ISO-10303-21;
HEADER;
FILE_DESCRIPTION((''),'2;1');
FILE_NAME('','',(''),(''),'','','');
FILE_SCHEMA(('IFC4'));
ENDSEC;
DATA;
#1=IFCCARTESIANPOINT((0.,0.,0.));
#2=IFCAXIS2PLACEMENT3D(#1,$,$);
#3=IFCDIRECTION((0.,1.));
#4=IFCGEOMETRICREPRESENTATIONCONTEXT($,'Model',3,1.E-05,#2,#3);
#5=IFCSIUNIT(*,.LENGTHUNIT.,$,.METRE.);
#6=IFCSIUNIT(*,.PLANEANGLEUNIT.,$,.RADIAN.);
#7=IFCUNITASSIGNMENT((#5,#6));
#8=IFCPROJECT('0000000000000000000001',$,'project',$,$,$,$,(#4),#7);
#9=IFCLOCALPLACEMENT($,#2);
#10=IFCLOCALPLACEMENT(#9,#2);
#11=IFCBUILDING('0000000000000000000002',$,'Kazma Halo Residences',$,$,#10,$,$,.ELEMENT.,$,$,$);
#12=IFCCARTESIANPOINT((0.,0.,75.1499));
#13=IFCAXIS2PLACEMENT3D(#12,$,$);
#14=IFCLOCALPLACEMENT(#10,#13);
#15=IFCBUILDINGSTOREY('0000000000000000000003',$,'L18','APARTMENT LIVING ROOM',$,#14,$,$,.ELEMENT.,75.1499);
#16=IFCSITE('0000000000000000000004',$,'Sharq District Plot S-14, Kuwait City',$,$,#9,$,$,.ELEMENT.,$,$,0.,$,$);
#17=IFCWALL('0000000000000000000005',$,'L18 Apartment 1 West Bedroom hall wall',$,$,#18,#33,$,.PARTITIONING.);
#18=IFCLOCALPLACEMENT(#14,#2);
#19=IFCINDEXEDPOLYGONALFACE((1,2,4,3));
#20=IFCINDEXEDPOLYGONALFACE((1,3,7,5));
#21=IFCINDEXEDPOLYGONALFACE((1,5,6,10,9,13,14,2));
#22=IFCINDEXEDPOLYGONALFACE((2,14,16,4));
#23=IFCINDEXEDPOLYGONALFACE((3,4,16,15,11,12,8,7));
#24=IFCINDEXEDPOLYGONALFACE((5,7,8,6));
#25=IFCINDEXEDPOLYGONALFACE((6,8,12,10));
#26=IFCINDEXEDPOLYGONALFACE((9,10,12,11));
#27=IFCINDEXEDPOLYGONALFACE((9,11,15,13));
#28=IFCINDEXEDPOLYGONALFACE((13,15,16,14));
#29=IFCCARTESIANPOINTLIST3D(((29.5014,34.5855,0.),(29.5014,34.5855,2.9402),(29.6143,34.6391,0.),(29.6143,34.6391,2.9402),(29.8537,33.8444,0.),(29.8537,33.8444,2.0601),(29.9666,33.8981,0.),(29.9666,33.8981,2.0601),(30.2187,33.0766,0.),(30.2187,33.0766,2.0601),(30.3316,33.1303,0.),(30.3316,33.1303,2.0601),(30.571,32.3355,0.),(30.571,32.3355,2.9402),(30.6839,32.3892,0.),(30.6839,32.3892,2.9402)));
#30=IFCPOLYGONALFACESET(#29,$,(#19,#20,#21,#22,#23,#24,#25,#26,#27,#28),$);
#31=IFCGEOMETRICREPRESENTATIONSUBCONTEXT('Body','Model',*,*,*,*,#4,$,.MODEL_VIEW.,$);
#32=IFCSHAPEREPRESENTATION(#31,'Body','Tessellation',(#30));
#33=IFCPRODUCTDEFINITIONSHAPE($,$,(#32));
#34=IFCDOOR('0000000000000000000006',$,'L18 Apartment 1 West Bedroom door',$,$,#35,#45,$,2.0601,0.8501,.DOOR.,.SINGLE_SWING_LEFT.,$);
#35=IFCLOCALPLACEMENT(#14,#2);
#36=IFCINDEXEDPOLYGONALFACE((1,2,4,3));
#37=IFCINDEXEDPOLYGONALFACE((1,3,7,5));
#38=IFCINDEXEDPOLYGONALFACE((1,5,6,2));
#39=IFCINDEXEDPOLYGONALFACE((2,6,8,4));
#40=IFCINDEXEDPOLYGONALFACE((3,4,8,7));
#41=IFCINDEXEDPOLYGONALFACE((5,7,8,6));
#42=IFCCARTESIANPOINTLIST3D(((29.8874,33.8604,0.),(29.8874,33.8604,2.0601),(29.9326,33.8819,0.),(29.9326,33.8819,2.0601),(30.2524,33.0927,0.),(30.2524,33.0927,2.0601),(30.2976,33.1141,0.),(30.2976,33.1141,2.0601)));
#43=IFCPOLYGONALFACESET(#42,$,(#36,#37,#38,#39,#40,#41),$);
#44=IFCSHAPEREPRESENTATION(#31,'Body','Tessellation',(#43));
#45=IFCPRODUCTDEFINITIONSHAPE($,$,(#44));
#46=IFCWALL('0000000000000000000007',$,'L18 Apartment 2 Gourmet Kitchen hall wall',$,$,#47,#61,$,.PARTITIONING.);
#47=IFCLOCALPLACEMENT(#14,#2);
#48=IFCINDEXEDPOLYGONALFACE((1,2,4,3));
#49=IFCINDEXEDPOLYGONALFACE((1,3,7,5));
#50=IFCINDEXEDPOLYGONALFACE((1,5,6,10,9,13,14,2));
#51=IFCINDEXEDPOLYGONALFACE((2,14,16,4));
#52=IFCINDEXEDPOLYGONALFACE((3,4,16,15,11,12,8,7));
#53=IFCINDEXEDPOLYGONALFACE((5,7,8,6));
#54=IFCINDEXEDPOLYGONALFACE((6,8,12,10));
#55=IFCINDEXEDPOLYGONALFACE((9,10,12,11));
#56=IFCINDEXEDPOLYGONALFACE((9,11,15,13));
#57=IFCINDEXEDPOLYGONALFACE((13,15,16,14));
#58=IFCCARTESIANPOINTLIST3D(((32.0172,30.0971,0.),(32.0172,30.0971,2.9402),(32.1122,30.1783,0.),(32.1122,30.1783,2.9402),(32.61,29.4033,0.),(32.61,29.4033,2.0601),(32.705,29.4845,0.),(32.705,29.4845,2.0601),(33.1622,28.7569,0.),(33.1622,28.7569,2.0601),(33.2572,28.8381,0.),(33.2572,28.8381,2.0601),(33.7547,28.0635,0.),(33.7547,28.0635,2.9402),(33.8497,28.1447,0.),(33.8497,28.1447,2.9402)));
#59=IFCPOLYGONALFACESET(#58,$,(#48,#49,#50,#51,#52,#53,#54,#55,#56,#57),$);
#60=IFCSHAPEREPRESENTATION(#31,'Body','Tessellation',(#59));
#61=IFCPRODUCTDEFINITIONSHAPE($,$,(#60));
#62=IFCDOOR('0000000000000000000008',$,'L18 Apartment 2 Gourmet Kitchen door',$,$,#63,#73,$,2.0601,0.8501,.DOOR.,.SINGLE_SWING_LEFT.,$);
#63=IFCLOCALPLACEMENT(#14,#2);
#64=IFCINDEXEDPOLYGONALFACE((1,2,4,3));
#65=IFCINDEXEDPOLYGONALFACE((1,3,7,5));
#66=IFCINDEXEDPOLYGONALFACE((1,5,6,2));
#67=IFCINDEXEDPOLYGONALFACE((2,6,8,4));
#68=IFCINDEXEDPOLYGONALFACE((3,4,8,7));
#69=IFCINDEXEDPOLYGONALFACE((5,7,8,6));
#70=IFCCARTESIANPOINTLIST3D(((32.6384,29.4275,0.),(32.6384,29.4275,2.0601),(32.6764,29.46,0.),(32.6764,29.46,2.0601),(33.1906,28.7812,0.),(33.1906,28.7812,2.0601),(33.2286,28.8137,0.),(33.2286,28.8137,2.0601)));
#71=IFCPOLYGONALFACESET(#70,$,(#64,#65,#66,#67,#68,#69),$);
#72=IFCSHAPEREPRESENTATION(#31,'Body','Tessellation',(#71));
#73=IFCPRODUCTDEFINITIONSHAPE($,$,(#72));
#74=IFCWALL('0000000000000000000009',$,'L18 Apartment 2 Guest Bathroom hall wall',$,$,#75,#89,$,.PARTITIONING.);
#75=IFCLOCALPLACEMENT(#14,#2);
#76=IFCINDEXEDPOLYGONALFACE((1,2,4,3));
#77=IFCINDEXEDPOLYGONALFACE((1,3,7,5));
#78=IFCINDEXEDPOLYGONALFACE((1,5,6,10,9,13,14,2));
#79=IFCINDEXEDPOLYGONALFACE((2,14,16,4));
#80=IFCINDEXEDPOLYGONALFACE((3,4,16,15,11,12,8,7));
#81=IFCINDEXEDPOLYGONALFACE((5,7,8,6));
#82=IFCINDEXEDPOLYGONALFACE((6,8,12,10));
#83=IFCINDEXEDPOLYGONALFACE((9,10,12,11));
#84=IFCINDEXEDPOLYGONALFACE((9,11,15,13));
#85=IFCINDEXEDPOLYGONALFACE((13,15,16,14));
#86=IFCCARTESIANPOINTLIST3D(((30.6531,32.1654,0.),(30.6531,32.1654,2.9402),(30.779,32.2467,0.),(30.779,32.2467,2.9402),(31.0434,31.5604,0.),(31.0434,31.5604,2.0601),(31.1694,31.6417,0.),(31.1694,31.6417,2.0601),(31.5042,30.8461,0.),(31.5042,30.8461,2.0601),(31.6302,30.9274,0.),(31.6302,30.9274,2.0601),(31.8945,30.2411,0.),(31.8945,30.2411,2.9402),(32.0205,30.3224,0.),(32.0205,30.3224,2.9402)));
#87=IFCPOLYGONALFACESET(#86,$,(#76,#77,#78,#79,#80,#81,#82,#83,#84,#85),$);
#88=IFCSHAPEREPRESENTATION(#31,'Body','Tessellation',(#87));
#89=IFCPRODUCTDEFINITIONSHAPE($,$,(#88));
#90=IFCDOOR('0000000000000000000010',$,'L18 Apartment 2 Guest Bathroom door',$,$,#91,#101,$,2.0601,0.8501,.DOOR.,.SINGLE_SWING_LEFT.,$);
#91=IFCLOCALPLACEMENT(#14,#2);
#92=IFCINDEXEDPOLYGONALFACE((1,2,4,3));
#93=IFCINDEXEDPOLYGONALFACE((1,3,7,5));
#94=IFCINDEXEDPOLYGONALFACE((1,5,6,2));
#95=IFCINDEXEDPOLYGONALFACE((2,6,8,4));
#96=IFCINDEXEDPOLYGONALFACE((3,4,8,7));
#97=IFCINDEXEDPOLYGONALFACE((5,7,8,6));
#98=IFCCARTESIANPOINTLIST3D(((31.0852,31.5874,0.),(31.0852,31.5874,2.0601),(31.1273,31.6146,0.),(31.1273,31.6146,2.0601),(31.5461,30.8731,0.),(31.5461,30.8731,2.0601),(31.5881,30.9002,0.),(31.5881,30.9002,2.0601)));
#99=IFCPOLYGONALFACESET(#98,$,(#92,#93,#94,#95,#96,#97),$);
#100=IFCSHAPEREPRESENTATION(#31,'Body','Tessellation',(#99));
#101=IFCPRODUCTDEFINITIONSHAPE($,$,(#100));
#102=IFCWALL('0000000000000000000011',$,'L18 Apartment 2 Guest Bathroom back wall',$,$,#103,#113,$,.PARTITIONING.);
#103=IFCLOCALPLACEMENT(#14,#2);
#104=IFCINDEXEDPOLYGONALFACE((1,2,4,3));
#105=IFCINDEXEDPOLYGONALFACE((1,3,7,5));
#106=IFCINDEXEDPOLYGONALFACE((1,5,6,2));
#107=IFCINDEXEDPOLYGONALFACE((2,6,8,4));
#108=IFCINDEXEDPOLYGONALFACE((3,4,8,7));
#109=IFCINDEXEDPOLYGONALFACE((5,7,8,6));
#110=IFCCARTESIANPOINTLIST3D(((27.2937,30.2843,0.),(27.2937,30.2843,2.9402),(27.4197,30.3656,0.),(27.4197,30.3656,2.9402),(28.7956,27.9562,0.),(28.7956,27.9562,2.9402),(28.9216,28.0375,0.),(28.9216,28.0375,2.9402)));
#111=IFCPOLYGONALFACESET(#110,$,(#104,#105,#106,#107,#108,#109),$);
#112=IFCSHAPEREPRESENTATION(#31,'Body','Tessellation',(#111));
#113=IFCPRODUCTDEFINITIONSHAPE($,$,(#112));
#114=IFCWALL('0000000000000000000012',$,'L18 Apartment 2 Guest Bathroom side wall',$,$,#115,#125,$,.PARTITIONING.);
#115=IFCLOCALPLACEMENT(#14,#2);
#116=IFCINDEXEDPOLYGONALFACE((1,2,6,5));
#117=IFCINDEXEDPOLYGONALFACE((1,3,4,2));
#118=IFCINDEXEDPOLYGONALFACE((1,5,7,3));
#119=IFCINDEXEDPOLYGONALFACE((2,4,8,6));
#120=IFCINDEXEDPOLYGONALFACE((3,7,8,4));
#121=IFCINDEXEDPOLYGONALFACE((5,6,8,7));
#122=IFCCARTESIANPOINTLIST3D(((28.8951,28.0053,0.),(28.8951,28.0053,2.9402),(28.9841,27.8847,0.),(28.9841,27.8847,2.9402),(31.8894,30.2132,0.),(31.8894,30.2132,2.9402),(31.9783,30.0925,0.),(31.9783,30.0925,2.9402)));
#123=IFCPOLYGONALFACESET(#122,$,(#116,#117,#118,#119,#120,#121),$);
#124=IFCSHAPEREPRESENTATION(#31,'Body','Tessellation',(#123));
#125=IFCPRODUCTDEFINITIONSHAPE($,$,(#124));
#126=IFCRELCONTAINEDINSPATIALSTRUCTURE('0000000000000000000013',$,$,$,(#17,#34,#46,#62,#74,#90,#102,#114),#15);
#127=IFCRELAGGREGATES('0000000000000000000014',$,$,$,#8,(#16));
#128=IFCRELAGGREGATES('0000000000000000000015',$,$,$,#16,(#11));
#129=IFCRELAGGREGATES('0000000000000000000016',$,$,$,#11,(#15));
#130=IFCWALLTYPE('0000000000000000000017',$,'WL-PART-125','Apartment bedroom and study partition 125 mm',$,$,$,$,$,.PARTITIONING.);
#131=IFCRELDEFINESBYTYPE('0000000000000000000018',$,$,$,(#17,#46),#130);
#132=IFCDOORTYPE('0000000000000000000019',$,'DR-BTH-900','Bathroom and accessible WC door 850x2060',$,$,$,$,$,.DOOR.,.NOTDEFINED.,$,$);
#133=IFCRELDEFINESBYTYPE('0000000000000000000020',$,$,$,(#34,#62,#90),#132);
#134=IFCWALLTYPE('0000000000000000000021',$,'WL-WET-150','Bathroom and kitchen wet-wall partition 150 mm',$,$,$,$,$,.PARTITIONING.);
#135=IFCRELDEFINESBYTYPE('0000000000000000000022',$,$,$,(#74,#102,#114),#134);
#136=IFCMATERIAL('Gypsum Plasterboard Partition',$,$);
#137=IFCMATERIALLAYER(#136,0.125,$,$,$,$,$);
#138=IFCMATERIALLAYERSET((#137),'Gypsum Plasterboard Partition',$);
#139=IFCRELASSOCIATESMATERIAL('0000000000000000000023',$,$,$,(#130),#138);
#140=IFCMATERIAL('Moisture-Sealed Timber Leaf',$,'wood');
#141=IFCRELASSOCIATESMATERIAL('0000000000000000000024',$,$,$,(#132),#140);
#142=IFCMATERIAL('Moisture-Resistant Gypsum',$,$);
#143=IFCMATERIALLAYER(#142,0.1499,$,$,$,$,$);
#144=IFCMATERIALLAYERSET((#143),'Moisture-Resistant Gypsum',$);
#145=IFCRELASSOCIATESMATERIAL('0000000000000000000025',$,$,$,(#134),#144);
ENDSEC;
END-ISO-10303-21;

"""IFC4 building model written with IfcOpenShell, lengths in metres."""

from ifc_helpers import new_model, si_unit, direction, frame, frame_2d, origin, place, context, subcontext, project, spatial, rectangle, extrude, material, layer, layer_set, type_object, element, fill, save


model = new_model("IFC4")

# Units and contexts
model_context = context("Model", 3, precision=1e-05, world=origin(), true_north=direction((0.0, 1.0)))
body_context = subcontext(model_context, "Body", "Model", "MODEL_VIEW")
ifc_project = project(units=[si_unit("LENGTHUNIT", "METRE"), si_unit("PLANEANGLEUNIT", "RADIAN")], contexts=[model_context])

# Site, building, storey
site_placement = place(None, origin())
site = spatial("IfcSite", under=ifc_project, at=site_placement, Name="Sharq District Plot S-14, Kuwait City", CompositionType="ELEMENT", RefElevation=0.0)
building_placement = place(site_placement, origin())
building = spatial("IfcBuilding", under=site, at=building_placement, Name="Kazma Halo Residences", CompositionType="ELEMENT")
storey_placement = place(building_placement, frame((0.0, 0.0, 75.1499)))
storey = spatial("IfcBuildingStorey", under=building, at=storey_placement, Name="L18", Description="APARTMENT LIVING ROOM", CompositionType="ELEMENT", Elevation=75.1499)

# Shared definitions
ifc_material_1 = material(Name="Gypsum Plasterboard Partition")
ifc_layer_1 = layer(ifc_material_1, 0.125)
ifc_layer_set_1 = layer_set([ifc_layer_1], Name="Gypsum Plasterboard Partition")
wall_type_1 = type_object("IfcWallType", Name="WL-PART-125", Description="Apartment bedroom and study partition 125 mm", PredefinedType="PARTITIONING", material=ifc_layer_set_1)

# Walls, openings, doors
ifc_material_2 = material(Name="Moisture-Sealed Timber Leaf", Category="wood")
door_type = type_object("IfcDoorType", Name="DR-BTH-900", Description="Bathroom and accessible WC door 850x2060", OperationType="NOTDEFINED", PredefinedType="DOOR", material=ifc_material_2)
wall_1_placement = place(storey_placement, frame((29.5579, 34.6123, 0.0), z_axis=(0.0, 0.0, 1.0), x_axis=(0.429329, -0.903148, 0.0)))
wall_1 = element("IfcWall", 1, at=wall_1_placement, inside=storey, type_object=wall_type_1, Name="L18 Apartment 1 West Bedroom hall wall", PredefinedType="PARTITIONING", context=body_context, shape_type="SweptSolid", body=[
    extrude(rectangle(XDim=2.4912, YDim=0.125, at=frame_2d((1.2456, 0.0))), origin(), (0.0, 0.0, 1.0), 2.9402),
])
opening_1_placement = place(wall_1_placement, frame((0.8206, 0.0, 0.0)))
opening_1 = element("IfcOpeningElement", 2, at=opening_1_placement, cuts=wall_1, PredefinedType="OPENING", context=body_context, shape_type="SweptSolid", body=[
    extrude(rectangle(XDim=0.8501, YDim=2.0601, at=frame_2d((0.425, 1.03))), frame((0.0, 0.0725, 0.0), z_axis=(0.0, -1.0, 0.0), x_axis=(1.0, 0.0, 0.0)), (0.0, 0.0, 1.0), 0.145),
])
door_1_placement = place(opening_1_placement, origin())
door_1 = element("IfcDoor", 3, at=door_1_placement, inside=storey, type_object=door_type, Name="L18 Apartment 1 West Bedroom door", OperationType="SINGLE_SWING_LEFT", OverallHeight=2.0601, OverallWidth=0.8501, PredefinedType="DOOR", context=body_context, shape_type="SweptSolid", body=[
    extrude(rectangle(XDim=0.8501, YDim=2.0601, at=frame_2d((0.425, 1.03))), frame((0.0, 0.0249, 0.0), z_axis=(0.0, -1.0, 0.0), x_axis=(1.0, 0.0, 0.0)), (0.0, 0.0, 1.0), 0.05),
])
fill(opening_1, door_1)
wall_2_placement = place(storey_placement, frame((32.0647, 30.1377, 0.0), z_axis=(0.0, 0.0, 1.0), x_axis=(0.64958, -0.760293, 0.0)))
wall_2 = element("IfcWall", 4, at=wall_2_placement, inside=storey, type_object=wall_type_1, Name="L18 Apartment 2 Gourmet Kitchen hall wall", PredefinedType="PARTITIONING", context=body_context, shape_type="SweptSolid", body=[
    extrude(rectangle(XDim=2.6748, YDim=0.125, at=frame_2d((1.3374, 0.0))), origin(), (0.0, 0.0, 1.0), 2.9402),
])
opening_2_placement = place(wall_2_placement, frame((0.9126, 0.0, 0.0)))
opening_2 = element("IfcOpeningElement", 5, at=opening_2_placement, cuts=wall_2, PredefinedType="OPENING", context=body_context, shape_type="SweptSolid", body=[
    extrude(rectangle(XDim=0.8501, YDim=2.0601, at=frame_2d((0.425, 1.03))), frame((0.0, 0.0725, 0.0), z_axis=(0.0, -1.0, 0.0), x_axis=(1.0, 0.0, 0.0)), (0.0, 0.0, 1.0), 0.145),
])
door_2_placement = place(opening_2_placement, origin())
door_2 = element("IfcDoor", 6, at=door_2_placement, inside=storey, type_object=door_type, Name="L18 Apartment 2 Gourmet Kitchen door", OperationType="SINGLE_SWING_LEFT", OverallHeight=2.0601, OverallWidth=0.8501, PredefinedType="DOOR", context=body_context, shape_type="SweptSolid", body=[
    extrude(rectangle(XDim=0.8501, YDim=2.0601, at=frame_2d((0.425, 1.03))), frame((0.0, 0.0249, 0.0), z_axis=(0.0, -1.0, 0.0), x_axis=(1.0, 0.0, 0.0)), (0.0, 0.0, 1.0), 0.05),
])
fill(opening_2, door_2)
ifc_material_3 = material(Name="Moisture-Resistant Gypsum")
ifc_layer_2 = layer(ifc_material_3, 0.1499)
ifc_layer_set_2 = layer_set([ifc_layer_2], Name="Moisture-Resistant Gypsum")
wall_type_2 = type_object("IfcWallType", Name="WL-WET-150", Description="Bathroom and kitchen wet-wall partition 150 mm", PredefinedType="PARTITIONING", material=ifc_layer_set_2)
wall_3_placement = place(storey_placement, frame((30.7161, 32.2061, 0.0), z_axis=(0.0, 0.0, 1.0), x_axis=(0.542115, -0.840304, 0.0)))
wall_3 = element("IfcWall", 7, at=wall_3_placement, inside=storey, type_object=wall_type_2, Name="L18 Apartment 2 Guest Bathroom hall wall", PredefinedType="PARTITIONING", context=body_context, shape_type="SweptSolid", body=[
    extrude(rectangle(XDim=2.29, YDim=0.1499, at=frame_2d((1.145, 0.0))), origin(), (0.0, 0.0, 1.0), 2.9402),
])
opening_3_placement = place(wall_3_placement, frame((0.72, 0.0, 0.0)))
opening_3 = element("IfcOpeningElement", 8, at=opening_3_placement, cuts=wall_3, PredefinedType="OPENING", context=body_context, shape_type="SweptSolid", body=[
    extrude(rectangle(XDim=0.8501, YDim=2.0601, at=frame_2d((0.425, 1.03))), frame((0.0, 0.085, 0.0), z_axis=(0.0, -1.0, 0.0), x_axis=(1.0, 0.0, 0.0)), (0.0, 0.0, 1.0), 0.1699),
])
door_3_placement = place(opening_3_placement, origin())
door_3 = element("IfcDoor", 9, at=door_3_placement, inside=storey, type_object=door_type, Name="L18 Apartment 2 Guest Bathroom door", OperationType="SINGLE_SWING_LEFT", OverallHeight=2.0601, OverallWidth=0.8501, PredefinedType="DOOR", context=body_context, shape_type="SweptSolid", body=[
    extrude(rectangle(XDim=0.8501, YDim=2.0601, at=frame_2d((0.425, 1.03))), frame((0.0, 0.0249, 0.0), z_axis=(0.0, -1.0, 0.0), x_axis=(1.0, 0.0, 0.0)), (0.0, 0.0, 1.0), 0.05),
])
fill(opening_3, door_3)

# Walls
wall_4_placement = place(storey_placement, frame((27.3567, 30.325, 0.0), z_axis=(0.0, 0.0, 1.0), x_axis=(0.542111, -0.840307, 0.0)))
element("IfcWall", 10, at=wall_4_placement, inside=storey, type_object=wall_type_2, Name="L18 Apartment 2 Guest Bathroom back wall", PredefinedType="PARTITIONING", context=body_context, shape_type="SweptSolid", body=[
    extrude(rectangle(XDim=2.7705, YDim=0.1499, at=frame_2d((1.3853, 0.0))), origin(), (0.0, 0.0, 1.0), 2.9402),
])
wall_5_placement = place(storey_placement, frame((31.9338, 30.1528, 0.0), z_axis=(0.0, 0.0, 1.0), x_axis=(-0.804856, -0.59347, 0.0)))
element("IfcWall", 11, at=wall_5_placement, inside=storey, type_object=wall_type_2, Name="L18 Apartment 2 Guest Bathroom side wall", PredefinedType="PARTITIONING", context=body_context, shape_type="SweptSolid", body=[
    extrude(rectangle(XDim=3.7202, YDim=0.1499, at=frame_2d((1.8601, 0.0))), origin(), (0.0, 0.0, 1.0), 2.9402),
])

save(model, "model.ifc")
